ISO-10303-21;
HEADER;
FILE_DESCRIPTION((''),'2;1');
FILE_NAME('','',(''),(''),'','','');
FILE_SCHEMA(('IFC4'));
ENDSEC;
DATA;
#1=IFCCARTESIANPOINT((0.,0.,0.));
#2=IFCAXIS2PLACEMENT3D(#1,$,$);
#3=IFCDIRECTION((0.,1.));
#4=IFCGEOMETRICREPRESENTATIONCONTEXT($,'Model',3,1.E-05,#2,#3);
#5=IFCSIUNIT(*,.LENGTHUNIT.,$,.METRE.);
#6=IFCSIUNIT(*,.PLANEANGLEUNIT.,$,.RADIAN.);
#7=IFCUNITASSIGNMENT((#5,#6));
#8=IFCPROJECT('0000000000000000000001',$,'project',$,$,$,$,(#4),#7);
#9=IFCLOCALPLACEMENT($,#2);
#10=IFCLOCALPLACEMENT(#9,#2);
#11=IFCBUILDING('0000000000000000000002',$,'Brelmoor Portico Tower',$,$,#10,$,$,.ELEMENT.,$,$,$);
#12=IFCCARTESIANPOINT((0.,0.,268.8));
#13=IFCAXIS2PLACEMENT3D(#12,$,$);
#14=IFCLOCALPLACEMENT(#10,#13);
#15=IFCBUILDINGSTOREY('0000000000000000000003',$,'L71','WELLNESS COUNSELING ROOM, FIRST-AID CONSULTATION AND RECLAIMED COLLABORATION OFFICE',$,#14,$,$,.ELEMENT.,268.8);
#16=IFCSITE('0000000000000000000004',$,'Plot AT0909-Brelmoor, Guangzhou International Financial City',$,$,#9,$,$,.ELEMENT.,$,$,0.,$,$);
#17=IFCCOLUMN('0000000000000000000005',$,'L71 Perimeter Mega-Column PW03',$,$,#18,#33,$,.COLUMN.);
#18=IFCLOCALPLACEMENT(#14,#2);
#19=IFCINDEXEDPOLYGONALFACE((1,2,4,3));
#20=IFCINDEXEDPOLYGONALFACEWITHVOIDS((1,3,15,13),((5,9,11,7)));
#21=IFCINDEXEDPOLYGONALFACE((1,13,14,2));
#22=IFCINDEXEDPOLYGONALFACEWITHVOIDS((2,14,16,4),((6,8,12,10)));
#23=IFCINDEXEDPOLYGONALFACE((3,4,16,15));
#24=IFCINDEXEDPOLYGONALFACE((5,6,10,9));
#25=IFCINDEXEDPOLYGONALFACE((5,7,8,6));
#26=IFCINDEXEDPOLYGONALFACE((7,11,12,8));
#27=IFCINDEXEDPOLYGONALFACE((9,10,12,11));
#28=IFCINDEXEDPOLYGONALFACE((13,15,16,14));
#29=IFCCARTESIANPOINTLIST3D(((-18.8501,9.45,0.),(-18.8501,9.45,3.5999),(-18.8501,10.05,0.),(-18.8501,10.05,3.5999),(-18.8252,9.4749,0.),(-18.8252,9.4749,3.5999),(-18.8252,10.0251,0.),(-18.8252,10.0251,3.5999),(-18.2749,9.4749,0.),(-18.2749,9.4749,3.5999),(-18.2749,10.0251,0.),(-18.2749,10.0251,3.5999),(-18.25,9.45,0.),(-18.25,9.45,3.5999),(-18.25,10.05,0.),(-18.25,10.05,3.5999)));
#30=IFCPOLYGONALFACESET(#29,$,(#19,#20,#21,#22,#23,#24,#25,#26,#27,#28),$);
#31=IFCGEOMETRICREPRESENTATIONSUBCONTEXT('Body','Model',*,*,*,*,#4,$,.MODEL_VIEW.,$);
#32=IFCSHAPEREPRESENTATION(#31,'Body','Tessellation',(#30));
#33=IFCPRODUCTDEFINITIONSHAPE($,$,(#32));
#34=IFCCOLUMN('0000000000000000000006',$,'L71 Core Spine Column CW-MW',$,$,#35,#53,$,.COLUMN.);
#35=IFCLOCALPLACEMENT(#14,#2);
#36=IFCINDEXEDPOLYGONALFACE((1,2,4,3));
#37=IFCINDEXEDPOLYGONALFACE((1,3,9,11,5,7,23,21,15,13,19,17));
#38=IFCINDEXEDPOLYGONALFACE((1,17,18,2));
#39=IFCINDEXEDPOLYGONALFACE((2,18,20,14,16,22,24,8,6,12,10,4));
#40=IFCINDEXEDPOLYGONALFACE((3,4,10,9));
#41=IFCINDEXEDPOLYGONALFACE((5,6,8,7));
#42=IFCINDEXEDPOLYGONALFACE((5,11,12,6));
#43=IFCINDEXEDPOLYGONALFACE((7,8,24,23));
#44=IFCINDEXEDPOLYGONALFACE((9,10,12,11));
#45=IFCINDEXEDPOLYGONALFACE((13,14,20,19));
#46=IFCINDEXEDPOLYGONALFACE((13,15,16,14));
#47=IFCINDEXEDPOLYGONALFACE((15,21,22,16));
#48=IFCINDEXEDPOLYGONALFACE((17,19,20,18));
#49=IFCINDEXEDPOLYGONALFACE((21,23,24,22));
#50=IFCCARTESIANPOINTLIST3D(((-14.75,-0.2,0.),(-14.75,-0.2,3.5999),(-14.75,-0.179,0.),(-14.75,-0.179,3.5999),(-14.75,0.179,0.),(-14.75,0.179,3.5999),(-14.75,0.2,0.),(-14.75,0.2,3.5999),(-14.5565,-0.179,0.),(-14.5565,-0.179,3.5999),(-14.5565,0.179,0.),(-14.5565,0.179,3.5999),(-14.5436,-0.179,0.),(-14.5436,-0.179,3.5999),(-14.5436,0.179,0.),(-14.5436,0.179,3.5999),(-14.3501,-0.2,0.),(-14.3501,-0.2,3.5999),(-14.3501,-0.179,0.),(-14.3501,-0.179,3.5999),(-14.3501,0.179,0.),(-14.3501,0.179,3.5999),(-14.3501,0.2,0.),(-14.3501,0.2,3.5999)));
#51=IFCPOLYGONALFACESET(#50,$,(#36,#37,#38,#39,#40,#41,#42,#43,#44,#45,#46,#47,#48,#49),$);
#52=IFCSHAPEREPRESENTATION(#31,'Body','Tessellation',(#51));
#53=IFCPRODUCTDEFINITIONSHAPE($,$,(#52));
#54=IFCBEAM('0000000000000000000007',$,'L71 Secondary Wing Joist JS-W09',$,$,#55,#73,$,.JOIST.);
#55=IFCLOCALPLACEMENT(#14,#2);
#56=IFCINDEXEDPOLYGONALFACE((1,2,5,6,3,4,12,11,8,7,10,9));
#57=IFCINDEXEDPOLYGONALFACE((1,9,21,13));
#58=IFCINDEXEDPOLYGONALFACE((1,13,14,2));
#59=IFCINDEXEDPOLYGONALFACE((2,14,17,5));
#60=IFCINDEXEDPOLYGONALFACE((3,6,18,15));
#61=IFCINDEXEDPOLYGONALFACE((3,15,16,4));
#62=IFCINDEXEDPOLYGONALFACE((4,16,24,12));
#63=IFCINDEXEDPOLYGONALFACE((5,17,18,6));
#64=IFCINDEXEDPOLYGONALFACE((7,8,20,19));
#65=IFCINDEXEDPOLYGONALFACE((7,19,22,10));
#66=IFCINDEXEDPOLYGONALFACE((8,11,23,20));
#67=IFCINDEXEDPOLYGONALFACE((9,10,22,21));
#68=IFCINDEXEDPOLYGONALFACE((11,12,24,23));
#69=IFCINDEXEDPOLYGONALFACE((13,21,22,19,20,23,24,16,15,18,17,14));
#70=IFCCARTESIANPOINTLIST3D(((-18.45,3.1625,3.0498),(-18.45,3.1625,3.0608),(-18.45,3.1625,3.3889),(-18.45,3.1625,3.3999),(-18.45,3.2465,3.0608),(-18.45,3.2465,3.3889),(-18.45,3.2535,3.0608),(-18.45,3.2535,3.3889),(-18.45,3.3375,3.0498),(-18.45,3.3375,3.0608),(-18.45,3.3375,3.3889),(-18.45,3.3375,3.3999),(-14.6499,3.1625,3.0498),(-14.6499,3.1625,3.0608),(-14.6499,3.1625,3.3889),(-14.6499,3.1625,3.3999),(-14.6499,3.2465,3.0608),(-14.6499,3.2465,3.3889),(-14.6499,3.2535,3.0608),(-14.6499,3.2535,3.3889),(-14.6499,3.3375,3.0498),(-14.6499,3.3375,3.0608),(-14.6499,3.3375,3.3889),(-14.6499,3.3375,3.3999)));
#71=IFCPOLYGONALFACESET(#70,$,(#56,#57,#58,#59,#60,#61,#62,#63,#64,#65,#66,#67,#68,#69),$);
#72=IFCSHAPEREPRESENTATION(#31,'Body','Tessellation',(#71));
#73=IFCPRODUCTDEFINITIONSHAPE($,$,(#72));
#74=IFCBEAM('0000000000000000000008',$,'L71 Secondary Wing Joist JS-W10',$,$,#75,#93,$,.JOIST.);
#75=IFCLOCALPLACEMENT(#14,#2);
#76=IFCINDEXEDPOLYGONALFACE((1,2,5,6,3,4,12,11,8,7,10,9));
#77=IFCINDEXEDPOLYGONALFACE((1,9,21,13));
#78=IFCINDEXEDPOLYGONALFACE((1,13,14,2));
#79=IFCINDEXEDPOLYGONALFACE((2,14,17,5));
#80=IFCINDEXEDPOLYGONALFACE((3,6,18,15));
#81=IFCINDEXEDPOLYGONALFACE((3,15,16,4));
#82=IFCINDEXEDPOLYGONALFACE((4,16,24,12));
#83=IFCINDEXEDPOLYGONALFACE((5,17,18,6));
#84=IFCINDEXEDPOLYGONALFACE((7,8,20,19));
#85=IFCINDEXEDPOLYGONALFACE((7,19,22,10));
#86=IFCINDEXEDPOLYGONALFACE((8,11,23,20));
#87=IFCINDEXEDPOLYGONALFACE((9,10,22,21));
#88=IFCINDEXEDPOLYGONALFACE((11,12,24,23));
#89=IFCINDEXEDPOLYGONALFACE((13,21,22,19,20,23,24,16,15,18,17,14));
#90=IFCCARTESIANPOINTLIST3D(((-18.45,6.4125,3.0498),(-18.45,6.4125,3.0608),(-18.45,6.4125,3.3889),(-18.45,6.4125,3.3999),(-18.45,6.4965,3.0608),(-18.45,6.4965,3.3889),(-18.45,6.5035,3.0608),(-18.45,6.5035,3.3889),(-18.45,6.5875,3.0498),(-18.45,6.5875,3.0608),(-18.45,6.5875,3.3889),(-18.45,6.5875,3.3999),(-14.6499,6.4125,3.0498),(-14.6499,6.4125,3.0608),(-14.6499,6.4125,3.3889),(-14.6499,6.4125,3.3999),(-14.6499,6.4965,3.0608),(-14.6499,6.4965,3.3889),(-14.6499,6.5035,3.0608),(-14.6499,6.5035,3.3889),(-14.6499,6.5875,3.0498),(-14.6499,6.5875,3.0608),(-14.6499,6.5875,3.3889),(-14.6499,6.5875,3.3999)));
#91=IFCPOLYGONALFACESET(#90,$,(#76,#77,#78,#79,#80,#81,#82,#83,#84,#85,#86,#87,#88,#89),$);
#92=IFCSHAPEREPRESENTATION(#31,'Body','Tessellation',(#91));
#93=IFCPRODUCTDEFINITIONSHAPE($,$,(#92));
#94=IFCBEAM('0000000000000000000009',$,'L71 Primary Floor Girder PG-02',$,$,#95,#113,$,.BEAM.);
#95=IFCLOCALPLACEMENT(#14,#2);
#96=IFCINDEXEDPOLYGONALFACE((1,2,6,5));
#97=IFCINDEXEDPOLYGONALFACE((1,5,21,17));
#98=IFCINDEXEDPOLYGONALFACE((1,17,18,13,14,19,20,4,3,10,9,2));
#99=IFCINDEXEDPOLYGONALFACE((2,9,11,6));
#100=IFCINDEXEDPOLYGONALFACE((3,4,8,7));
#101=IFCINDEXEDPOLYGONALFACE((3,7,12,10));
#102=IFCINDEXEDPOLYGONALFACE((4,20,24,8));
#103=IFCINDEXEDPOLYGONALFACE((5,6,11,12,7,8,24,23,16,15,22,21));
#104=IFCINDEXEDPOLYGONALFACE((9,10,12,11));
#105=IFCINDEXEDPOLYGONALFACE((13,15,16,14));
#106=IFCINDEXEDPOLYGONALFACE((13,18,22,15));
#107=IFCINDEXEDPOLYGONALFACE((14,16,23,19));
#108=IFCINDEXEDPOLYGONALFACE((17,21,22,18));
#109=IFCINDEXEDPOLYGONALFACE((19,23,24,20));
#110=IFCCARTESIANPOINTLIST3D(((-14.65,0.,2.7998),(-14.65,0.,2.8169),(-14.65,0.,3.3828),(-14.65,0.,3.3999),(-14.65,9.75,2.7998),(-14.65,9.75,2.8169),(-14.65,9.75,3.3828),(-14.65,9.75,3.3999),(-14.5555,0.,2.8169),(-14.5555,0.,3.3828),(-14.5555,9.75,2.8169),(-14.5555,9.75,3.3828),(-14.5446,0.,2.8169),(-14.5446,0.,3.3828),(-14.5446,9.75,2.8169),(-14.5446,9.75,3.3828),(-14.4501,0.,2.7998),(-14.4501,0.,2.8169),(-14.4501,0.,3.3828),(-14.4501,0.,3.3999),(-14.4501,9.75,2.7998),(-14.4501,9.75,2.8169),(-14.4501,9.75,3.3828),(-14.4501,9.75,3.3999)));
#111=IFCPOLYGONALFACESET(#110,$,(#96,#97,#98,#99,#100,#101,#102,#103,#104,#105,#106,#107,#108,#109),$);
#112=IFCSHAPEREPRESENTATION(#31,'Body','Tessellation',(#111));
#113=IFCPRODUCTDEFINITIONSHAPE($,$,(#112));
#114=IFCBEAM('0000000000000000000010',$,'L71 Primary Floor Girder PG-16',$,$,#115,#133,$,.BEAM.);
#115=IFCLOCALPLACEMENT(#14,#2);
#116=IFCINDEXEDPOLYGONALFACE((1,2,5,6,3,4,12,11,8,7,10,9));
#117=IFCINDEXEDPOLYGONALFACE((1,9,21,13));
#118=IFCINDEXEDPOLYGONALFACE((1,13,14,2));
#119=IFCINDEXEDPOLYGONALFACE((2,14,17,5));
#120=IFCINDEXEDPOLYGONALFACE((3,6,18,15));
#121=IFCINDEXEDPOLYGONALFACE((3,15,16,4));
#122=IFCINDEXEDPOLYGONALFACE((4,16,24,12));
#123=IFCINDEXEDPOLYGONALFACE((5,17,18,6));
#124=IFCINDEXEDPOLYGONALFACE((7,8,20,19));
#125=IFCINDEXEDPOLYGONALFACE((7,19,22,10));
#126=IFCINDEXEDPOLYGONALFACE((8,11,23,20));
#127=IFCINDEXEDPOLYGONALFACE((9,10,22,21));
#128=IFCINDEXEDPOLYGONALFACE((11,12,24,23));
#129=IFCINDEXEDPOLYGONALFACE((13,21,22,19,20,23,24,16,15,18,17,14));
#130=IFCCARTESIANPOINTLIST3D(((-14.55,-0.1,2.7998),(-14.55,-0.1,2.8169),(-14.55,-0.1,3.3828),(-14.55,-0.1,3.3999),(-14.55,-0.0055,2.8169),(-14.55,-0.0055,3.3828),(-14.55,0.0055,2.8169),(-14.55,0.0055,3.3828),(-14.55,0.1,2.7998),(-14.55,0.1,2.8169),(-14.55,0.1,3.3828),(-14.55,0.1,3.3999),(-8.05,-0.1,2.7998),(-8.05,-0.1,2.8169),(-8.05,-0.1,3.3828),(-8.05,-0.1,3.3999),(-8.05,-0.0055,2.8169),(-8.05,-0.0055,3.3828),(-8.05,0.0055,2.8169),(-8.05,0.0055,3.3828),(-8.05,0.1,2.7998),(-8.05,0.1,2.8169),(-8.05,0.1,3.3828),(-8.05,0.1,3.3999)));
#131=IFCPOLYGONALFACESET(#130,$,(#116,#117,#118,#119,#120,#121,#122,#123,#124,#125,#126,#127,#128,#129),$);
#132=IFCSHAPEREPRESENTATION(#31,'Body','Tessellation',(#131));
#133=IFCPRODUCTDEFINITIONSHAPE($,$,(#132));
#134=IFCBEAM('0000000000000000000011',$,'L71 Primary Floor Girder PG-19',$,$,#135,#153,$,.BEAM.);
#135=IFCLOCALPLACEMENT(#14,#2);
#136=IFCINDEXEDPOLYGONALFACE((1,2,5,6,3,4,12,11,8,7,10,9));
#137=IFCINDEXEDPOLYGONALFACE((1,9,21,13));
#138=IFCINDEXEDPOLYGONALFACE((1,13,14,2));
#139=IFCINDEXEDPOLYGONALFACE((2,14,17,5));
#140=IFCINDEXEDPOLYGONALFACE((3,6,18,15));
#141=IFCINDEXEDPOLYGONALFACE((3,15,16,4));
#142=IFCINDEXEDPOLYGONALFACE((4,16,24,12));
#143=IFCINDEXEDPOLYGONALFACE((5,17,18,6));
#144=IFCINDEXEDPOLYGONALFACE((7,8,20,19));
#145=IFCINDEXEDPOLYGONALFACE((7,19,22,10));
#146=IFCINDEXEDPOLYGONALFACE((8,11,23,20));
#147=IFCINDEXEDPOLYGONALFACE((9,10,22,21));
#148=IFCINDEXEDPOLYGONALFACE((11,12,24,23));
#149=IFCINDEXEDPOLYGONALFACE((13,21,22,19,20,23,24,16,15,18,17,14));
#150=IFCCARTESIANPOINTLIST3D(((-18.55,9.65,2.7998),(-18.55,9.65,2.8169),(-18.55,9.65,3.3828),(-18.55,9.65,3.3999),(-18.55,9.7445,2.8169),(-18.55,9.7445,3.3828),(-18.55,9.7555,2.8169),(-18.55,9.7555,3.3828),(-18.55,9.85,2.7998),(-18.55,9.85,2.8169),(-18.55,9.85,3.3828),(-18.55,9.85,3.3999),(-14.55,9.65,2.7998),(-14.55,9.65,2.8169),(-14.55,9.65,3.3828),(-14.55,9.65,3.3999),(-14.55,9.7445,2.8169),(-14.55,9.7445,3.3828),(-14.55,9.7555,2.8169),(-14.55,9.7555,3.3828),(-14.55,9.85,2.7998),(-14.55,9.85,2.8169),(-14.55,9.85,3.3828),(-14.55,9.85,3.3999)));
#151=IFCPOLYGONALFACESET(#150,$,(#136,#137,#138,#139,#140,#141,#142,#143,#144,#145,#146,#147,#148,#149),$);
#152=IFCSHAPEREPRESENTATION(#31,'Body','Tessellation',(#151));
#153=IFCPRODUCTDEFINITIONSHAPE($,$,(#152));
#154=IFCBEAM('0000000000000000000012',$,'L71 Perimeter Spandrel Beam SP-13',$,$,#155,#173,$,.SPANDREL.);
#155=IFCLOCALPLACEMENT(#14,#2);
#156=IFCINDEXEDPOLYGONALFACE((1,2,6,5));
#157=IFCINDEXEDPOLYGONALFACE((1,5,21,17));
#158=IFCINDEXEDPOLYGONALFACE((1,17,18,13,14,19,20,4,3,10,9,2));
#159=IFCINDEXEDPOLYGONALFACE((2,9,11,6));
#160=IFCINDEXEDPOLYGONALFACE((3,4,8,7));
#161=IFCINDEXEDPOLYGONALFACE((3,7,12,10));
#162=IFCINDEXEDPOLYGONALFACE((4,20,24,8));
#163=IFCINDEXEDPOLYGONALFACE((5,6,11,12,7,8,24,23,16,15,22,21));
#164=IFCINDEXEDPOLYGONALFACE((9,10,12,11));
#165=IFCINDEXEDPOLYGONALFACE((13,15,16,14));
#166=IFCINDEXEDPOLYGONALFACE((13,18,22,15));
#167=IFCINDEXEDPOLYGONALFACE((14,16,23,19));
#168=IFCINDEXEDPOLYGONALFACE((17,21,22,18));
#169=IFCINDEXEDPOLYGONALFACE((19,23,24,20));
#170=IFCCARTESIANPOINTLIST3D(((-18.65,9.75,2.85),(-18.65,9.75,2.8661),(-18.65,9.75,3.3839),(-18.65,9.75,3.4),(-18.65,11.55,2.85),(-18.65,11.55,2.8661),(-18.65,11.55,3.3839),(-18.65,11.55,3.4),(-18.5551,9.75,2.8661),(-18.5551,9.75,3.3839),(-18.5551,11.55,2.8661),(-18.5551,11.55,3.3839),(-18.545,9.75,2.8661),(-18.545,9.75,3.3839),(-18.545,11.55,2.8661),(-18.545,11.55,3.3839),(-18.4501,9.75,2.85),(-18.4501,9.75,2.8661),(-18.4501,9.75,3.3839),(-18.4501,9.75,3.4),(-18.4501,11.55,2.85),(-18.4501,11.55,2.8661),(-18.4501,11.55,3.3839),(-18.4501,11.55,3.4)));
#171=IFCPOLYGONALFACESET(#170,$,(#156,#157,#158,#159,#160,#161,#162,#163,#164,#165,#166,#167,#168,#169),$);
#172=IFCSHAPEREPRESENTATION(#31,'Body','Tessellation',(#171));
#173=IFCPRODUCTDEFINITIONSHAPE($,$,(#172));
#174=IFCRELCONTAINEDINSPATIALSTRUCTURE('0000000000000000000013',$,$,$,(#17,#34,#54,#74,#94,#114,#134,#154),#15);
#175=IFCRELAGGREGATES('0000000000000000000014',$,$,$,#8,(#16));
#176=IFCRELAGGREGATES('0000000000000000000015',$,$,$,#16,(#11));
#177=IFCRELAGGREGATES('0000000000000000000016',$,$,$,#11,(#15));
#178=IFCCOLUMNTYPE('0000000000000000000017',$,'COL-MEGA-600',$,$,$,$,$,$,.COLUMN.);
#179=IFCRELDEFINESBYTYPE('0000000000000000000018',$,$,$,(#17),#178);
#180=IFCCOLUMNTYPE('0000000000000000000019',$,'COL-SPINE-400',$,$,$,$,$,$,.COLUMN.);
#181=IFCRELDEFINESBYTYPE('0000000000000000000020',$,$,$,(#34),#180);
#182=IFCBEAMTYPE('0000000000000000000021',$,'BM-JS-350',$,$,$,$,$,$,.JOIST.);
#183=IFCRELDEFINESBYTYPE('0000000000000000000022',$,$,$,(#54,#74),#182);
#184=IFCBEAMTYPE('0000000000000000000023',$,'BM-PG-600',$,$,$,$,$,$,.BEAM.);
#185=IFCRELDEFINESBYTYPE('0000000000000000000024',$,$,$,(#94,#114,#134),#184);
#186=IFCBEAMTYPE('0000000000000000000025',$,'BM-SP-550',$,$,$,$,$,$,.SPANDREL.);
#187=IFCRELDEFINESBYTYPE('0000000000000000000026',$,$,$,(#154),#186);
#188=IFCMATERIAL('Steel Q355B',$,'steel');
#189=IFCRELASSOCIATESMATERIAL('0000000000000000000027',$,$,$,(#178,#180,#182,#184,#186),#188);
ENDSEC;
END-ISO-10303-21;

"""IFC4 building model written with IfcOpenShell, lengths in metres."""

from ifc_helpers import new_model, si_unit, direction, frame, origin, origin_2d, place, context, subcontext, project, spatial, hollow_rectangle, i_section, extrude, material, material_profile, profile_set, type_object, element, save


model = new_model("IFC4")

# Units and contexts
model_context = context("Model", 3, precision=1e-05, world=origin(), true_north=direction((0.0, 1.0)))
body_context = subcontext(model_context, "Body", "Model", "MODEL_VIEW")
ifc_project = project(units=[si_unit("LENGTHUNIT", "METRE"), si_unit("PLANEANGLEUNIT", "RADIAN")], contexts=[model_context])

# Site, building, storey
site_placement = place(None, origin())
site = spatial("IfcSite", under=ifc_project, at=site_placement, Name="Plot AT0909-Brelmoor, Guangzhou International Financial City", CompositionType="ELEMENT", RefElevation=0.0)
building_placement = place(site_placement, origin())
building = spatial("IfcBuilding", under=site, at=building_placement, Name="Brelmoor Portico Tower", CompositionType="ELEMENT")
storey_placement = place(building_placement, frame((0.0, 0.0, 268.8)))
storey = spatial("IfcBuildingStorey", under=building, at=storey_placement, Name="L71", Description="WELLNESS COUNSELING ROOM, FIRST-AID CONSULTATION AND RECLAIMED COLLABORATION OFFICE", CompositionType="ELEMENT", Elevation=268.8)

# Columns
ifc_material_1 = material(Name="Steel Q355B", Category="steel")
ifc_material_profile_1 = material_profile(ifc_material_1, hollow_rectangle(XDim=0.6001, YDim=0.6001, WallThickness=0.0249, at=origin_2d()), Name="BOX 600x600x25")
ifc_profile_set_1 = profile_set([ifc_material_profile_1], Name="Steel Q355B")
column_type_1 = type_object("IfcColumnType", Name="COL-MEGA-600", PredefinedType="COLUMN", material=ifc_profile_set_1)
column_1_placement = place(storey_placement, frame((-18.55, 9.75, 0.0), z_axis=(0.0, 0.0, 1.0), x_axis=(0.0, 1.0, 0.0)))
element("IfcColumn", 1, at=column_1_placement, inside=storey, type_object=column_type_1, Name="L71 Perimeter Mega-Column PW03", PredefinedType="COLUMN", context=body_context, shape_type="SweptSolid", body=[
    extrude(hollow_rectangle(XDim=0.6001, YDim=0.6001, WallThickness=0.0249, at=origin_2d()), origin(), (0.0, 0.0, 1.0), 3.5999),
])
ifc_material_profile_2 = material_profile(ifc_material_1, i_section(OverallWidth=0.3999, OverallDepth=0.3999, WebThickness=0.0129, FlangeThickness=0.021, at=origin_2d()), Name="HW 400x400x13x21")
ifc_profile_set_2 = profile_set([ifc_material_profile_2], Name="Steel Q355B")
column_type_2 = type_object("IfcColumnType", Name="COL-SPINE-400", PredefinedType="COLUMN", material=ifc_profile_set_2)
column_2_placement = place(storey_placement, frame((-14.55, 0.0, 0.0), z_axis=(0.0, 0.0, 1.0), x_axis=(1.0, 0.0, 0.0)))
element("IfcColumn", 2, at=column_2_placement, inside=storey, type_object=column_type_2, Name="L71 Core Spine Column CW-MW", PredefinedType="COLUMN", context=body_context, shape_type="SweptSolid", body=[
    extrude(i_section(OverallWidth=0.3999, OverallDepth=0.3999, WebThickness=0.0129, FlangeThickness=0.021, at=origin_2d()), origin(), (0.0, 0.0, 1.0), 3.5999),
])

# Beams
ifc_material_profile_3 = material_profile(ifc_material_1, i_section(OverallWidth=0.175, OverallDepth=0.3501, WebThickness=0.0071, FlangeThickness=0.011, at=origin_2d()), Name="HN 350x175x7x11")
ifc_profile_set_3 = profile_set([ifc_material_profile_3], Name="Steel Q355B")
beam_type_1 = type_object("IfcBeamType", Name="BM-JS-350", PredefinedType="JOIST", material=ifc_profile_set_3)
for number, where, z_axis, x_axis, name in (
    (3, (-18.45, 3.25, 3.2249), (1.0, 0.0, 0.0), (0.0, 1.0, 0.0), "L71 Secondary Wing Joist JS-W09"),
    (4, (-18.45, 6.5, 3.2249), (1.0, 0.0, 0.0), (0.0, 1.0, 0.0), "L71 Secondary Wing Joist JS-W10"),
):
    element("IfcBeam", number, at=place(storey_placement, frame(where, z_axis=z_axis, x_axis=x_axis)), inside=storey, type_object=beam_type_1, Name=name, PredefinedType="JOIST", context=body_context, shape_type="SweptSolid", body=[
        extrude(i_section(OverallWidth=0.175, OverallDepth=0.3501, WebThickness=0.0071, FlangeThickness=0.011, at=origin_2d()), origin(), (0.0, 0.0, 1.0), 3.8),
    ])
ifc_material_profile_4 = material_profile(ifc_material_1, i_section(OverallWidth=0.2, OverallDepth=0.6001, WebThickness=0.011, FlangeThickness=0.0171, at=origin_2d()), Name="HN 600x200x11x17")
ifc_profile_set_4 = profile_set([ifc_material_profile_4], Name="Steel Q355B")
beam_type_2 = type_object("IfcBeamType", Name="BM-PG-600", PredefinedType="BEAM", material=ifc_profile_set_4)
beam_1_placement = place(storey_placement, frame((-14.55, 0.0, 3.0999), z_axis=(0.0, 1.0, 0.0), x_axis=(-1.0, 0.0, 0.0)))
element("IfcBeam", 5, at=beam_1_placement, inside=storey, type_object=beam_type_2, Name="L71 Primary Floor Girder PG-02", PredefinedType="BEAM", context=body_context, shape_type="SweptSolid", body=[
    extrude(i_section(OverallWidth=0.2, OverallDepth=0.6001, WebThickness=0.011, FlangeThickness=0.0171, at=origin_2d()), origin(), (0.0, 0.0, 1.0), 9.75),
])
beam_2_placement = place(storey_placement, frame((-14.55, 0.0, 3.0999), z_axis=(1.0, 0.0, 0.0), x_axis=(0.0, 1.0, 0.0)))
element("IfcBeam", 6, at=beam_2_placement, inside=storey, type_object=beam_type_2, Name="L71 Primary Floor Girder PG-16", PredefinedType="BEAM", context=body_context, shape_type="SweptSolid", body=[
    extrude(i_section(OverallWidth=0.2, OverallDepth=0.6001, WebThickness=0.011, FlangeThickness=0.0171, at=origin_2d()), origin(), (0.0, 0.0, 1.0), 6.5),
])
beam_3_placement = place(storey_placement, frame((-18.55, 9.75, 3.0999), z_axis=(1.0, 0.0, 0.0), x_axis=(0.0, 1.0, 0.0)))
element("IfcBeam", 7, at=beam_3_placement, inside=storey, type_object=beam_type_2, Name="L71 Primary Floor Girder PG-19", PredefinedType="BEAM", context=body_context, shape_type="SweptSolid", body=[
    extrude(i_section(OverallWidth=0.2, OverallDepth=0.6001, WebThickness=0.011, FlangeThickness=0.0171, at=origin_2d()), origin(), (0.0, 0.0, 1.0), 4.0),
])
ifc_material_profile_5 = material_profile(ifc_material_1, i_section(OverallWidth=0.2, OverallDepth=0.55, WebThickness=0.01, FlangeThickness=0.0161, at=origin_2d()), Name="HN 550x200x10x16")
ifc_profile_set_5 = profile_set([ifc_material_profile_5], Name="Steel Q355B")
beam_type_3 = type_object("IfcBeamType", Name="BM-SP-550", PredefinedType="SPANDREL", material=ifc_profile_set_5)
beam_4_placement = place(storey_placement, frame((-18.55, 9.75, 3.125), z_axis=(0.0, 1.0, 0.0), x_axis=(-1.0, 0.0, 0.0)))
element("IfcBeam", 8, at=beam_4_placement, inside=storey, type_object=beam_type_3, Name="L71 Perimeter Spandrel Beam SP-13", PredefinedType="SPANDREL", context=body_context, shape_type="SweptSolid", body=[
    extrude(i_section(OverallWidth=0.2, OverallDepth=0.55, WebThickness=0.01, FlangeThickness=0.0161, at=origin_2d()), origin(), (0.0, 0.0, 1.0), 1.8),
])

save(model, "model.ifc")
